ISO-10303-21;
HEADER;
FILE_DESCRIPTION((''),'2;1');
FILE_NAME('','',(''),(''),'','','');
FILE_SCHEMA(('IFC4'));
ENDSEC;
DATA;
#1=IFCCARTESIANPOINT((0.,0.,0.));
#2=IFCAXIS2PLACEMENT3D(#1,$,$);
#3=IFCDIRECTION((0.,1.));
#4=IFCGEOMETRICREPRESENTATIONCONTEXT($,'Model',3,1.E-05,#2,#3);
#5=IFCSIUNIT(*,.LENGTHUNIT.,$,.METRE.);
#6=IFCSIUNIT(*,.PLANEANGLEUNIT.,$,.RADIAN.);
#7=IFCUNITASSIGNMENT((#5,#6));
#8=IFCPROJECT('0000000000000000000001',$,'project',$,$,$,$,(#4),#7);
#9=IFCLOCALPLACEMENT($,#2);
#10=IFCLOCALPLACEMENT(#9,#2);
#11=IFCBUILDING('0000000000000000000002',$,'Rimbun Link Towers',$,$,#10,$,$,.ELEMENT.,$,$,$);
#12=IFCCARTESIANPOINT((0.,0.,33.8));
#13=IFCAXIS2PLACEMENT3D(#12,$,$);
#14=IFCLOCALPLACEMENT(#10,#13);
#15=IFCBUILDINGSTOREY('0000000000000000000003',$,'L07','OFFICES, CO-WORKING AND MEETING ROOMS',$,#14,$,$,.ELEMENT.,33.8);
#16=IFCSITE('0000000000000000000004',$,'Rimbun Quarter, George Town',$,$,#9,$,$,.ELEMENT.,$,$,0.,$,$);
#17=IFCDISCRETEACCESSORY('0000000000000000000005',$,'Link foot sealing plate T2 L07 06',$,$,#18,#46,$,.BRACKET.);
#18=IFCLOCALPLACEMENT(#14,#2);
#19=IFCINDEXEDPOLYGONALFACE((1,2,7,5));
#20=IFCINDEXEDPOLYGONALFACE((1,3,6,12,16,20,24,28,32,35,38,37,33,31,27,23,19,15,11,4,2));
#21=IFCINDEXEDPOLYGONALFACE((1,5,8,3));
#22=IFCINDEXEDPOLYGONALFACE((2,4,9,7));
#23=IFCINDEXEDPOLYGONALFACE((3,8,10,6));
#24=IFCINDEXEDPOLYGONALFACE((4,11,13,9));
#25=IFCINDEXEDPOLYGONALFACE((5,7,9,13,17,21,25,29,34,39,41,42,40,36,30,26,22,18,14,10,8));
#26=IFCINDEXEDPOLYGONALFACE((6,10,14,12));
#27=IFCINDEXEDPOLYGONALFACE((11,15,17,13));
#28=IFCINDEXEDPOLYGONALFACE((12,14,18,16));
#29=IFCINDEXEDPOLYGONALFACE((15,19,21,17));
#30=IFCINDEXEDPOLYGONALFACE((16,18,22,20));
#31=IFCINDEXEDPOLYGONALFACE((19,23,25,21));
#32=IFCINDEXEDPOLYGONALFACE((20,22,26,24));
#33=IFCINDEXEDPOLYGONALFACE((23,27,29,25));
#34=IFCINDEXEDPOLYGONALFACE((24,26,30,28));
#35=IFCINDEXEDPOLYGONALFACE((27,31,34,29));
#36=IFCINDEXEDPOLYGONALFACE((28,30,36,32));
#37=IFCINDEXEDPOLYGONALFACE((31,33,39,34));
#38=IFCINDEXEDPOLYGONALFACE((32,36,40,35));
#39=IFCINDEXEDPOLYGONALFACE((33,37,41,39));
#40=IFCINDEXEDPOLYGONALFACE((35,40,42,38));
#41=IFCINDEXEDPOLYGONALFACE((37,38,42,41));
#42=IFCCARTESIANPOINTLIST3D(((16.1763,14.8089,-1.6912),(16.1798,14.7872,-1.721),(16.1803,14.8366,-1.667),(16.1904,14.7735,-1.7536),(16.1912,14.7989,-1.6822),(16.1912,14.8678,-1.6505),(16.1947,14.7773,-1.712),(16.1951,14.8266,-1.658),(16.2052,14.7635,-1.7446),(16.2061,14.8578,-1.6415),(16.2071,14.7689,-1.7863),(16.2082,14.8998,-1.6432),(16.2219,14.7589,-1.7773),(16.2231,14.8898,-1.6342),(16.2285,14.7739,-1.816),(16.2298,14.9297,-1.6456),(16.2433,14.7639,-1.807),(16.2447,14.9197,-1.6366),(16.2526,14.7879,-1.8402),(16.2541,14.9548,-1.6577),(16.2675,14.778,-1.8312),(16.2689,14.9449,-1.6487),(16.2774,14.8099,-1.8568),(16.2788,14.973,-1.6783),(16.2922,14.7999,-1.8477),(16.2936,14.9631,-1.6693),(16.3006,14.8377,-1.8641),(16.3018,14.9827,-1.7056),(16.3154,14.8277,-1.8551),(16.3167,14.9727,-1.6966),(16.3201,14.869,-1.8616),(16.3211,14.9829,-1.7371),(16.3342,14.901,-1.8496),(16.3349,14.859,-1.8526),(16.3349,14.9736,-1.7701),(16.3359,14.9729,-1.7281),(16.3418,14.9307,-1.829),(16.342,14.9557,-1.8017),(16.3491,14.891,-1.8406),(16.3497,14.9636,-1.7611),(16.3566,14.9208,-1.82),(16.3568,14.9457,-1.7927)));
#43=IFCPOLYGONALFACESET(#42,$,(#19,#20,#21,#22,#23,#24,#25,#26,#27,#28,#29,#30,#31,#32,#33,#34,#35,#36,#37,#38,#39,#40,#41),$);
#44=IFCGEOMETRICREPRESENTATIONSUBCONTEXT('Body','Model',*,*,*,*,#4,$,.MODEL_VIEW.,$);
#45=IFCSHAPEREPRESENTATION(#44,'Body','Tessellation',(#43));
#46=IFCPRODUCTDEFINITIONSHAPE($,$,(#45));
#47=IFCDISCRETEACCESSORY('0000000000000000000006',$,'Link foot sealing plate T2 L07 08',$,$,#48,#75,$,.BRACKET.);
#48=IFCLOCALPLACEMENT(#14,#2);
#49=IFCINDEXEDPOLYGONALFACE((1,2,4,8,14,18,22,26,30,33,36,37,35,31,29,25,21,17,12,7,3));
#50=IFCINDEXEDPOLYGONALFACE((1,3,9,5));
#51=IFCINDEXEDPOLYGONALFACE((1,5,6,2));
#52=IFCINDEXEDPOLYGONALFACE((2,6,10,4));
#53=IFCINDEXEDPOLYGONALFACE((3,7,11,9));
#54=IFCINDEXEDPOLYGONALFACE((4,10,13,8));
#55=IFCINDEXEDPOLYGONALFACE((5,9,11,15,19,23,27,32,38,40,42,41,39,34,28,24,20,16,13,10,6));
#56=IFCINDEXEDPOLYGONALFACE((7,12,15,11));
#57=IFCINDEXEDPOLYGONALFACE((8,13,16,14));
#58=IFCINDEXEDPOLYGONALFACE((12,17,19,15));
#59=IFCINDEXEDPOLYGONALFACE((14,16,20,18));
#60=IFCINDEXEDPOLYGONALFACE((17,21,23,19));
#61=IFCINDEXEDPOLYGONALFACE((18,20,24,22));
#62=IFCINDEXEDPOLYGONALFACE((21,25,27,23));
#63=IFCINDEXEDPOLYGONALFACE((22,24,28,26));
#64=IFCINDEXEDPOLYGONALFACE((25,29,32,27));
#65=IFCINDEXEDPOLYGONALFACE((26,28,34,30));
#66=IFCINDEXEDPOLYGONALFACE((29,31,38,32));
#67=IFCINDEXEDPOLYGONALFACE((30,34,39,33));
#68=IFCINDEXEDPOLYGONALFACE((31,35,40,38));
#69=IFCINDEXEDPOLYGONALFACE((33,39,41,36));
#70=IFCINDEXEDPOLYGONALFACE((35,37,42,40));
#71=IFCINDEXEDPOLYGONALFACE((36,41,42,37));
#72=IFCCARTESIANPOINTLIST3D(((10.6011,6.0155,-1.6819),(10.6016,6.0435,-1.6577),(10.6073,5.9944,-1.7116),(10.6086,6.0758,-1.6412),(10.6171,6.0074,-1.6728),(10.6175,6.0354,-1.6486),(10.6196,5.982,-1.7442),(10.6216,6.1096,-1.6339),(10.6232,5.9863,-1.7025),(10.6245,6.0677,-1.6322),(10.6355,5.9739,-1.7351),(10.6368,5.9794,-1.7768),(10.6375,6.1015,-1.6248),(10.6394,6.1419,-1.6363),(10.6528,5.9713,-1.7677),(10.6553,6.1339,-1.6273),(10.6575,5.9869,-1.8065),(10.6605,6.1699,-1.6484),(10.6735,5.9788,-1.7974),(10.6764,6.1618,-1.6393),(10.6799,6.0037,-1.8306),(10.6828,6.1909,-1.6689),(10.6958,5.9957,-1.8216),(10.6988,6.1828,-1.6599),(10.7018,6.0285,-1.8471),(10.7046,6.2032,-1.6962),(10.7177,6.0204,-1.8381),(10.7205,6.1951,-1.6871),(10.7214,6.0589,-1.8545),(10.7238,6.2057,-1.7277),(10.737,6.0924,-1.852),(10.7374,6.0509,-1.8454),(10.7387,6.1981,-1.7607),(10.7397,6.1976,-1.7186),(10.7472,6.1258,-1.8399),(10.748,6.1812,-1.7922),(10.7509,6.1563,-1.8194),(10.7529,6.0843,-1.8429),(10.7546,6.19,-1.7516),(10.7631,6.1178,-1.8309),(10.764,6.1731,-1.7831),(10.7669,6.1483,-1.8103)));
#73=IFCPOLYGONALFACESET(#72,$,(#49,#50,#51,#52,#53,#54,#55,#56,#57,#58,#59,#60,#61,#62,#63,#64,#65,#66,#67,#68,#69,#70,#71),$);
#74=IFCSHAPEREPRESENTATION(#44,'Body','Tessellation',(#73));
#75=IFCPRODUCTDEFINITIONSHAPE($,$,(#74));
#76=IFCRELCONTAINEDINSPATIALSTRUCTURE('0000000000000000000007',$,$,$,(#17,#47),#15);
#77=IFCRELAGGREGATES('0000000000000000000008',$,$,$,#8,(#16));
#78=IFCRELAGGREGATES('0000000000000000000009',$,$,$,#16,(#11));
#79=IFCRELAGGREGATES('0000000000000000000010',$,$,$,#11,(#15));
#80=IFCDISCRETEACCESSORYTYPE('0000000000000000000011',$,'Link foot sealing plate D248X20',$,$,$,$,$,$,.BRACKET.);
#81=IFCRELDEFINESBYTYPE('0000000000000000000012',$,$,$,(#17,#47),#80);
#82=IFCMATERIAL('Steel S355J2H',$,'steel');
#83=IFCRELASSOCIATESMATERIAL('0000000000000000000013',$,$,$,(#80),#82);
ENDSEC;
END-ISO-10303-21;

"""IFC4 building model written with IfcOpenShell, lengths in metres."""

from ifc_helpers import new_model, si_unit, direction, frame, origin, origin_2d, place, context, subcontext, project, spatial, circle, extrude, material, material_profile, profile_set, type_object, element, save


model = new_model("IFC4")

# Units and contexts
model_context = context("Model", 3, precision=1e-05, world=origin(), true_north=direction((0.0, 1.0)))
body_context = subcontext(model_context, "Body", "Model", "MODEL_VIEW")
ifc_project = project(units=[si_unit("LENGTHUNIT", "METRE"), si_unit("PLANEANGLEUNIT", "RADIAN")], contexts=[model_context])

# Site, building, storey
site_placement = place(None, origin())
site = spatial("IfcSite", under=ifc_project, at=site_placement, Name="Rimbun Quarter, George Town", CompositionType="ELEMENT", RefElevation=0.0)
building_placement = place(site_placement, origin())
building = spatial("IfcBuilding", under=site, at=building_placement, Name="Rimbun Link Towers", CompositionType="ELEMENT")
storey_placement = place(building_placement, frame((0.0, 0.0, 33.8)))
storey = spatial("IfcBuildingStorey", under=building, at=storey_placement, Name="L07", Description="OFFICES, CO-WORKING AND MEETING ROOMS", CompositionType="ELEMENT", Elevation=33.8)

# Discrete accessories
ifc_material_1 = material(Name="Steel S355J2H", Category="steel")
ifc_material_profile_1 = material_profile(ifc_material_1, circle(Radius=0.124, at=origin_2d()), Name="PL D248")
ifc_profile_set_1 = profile_set([ifc_material_profile_1], Name="Steel S355J2H")
discrete_accessory_type = type_object("IfcDiscreteAccessoryType", Name="Link foot sealing plate D248X20", PredefinedType="BRACKET", material=ifc_profile_set_1)
for number, where, z_axis, x_axis, name in (
    (1, (16.2744, 14.8665, -1.7446), (-0.741316, 0.498262, -0.449651), (-0.557836, -0.829951, 0.0), "Link foot sealing plate T2 L07 06"),
    (2, (10.6917, 6.0845, -1.7351), (-0.795111, 0.403672, -0.452602), (-0.452692, -0.891667, 0.0), "Link foot sealing plate T2 L07 08"),
):
    element("IfcDiscreteAccessory", number, at=place(storey_placement, frame(where, z_axis=z_axis, x_axis=x_axis)), inside=storey, type_object=discrete_accessory_type, Name=name, PredefinedType="BRACKET", context=body_context, shape_type="SweptSolid", body=[
        extrude(circle(Radius=0.124, at=origin_2d()), origin(), (0.0, 0.0, 1.0), 0.02),
    ])

save(model, "model.ifc")
